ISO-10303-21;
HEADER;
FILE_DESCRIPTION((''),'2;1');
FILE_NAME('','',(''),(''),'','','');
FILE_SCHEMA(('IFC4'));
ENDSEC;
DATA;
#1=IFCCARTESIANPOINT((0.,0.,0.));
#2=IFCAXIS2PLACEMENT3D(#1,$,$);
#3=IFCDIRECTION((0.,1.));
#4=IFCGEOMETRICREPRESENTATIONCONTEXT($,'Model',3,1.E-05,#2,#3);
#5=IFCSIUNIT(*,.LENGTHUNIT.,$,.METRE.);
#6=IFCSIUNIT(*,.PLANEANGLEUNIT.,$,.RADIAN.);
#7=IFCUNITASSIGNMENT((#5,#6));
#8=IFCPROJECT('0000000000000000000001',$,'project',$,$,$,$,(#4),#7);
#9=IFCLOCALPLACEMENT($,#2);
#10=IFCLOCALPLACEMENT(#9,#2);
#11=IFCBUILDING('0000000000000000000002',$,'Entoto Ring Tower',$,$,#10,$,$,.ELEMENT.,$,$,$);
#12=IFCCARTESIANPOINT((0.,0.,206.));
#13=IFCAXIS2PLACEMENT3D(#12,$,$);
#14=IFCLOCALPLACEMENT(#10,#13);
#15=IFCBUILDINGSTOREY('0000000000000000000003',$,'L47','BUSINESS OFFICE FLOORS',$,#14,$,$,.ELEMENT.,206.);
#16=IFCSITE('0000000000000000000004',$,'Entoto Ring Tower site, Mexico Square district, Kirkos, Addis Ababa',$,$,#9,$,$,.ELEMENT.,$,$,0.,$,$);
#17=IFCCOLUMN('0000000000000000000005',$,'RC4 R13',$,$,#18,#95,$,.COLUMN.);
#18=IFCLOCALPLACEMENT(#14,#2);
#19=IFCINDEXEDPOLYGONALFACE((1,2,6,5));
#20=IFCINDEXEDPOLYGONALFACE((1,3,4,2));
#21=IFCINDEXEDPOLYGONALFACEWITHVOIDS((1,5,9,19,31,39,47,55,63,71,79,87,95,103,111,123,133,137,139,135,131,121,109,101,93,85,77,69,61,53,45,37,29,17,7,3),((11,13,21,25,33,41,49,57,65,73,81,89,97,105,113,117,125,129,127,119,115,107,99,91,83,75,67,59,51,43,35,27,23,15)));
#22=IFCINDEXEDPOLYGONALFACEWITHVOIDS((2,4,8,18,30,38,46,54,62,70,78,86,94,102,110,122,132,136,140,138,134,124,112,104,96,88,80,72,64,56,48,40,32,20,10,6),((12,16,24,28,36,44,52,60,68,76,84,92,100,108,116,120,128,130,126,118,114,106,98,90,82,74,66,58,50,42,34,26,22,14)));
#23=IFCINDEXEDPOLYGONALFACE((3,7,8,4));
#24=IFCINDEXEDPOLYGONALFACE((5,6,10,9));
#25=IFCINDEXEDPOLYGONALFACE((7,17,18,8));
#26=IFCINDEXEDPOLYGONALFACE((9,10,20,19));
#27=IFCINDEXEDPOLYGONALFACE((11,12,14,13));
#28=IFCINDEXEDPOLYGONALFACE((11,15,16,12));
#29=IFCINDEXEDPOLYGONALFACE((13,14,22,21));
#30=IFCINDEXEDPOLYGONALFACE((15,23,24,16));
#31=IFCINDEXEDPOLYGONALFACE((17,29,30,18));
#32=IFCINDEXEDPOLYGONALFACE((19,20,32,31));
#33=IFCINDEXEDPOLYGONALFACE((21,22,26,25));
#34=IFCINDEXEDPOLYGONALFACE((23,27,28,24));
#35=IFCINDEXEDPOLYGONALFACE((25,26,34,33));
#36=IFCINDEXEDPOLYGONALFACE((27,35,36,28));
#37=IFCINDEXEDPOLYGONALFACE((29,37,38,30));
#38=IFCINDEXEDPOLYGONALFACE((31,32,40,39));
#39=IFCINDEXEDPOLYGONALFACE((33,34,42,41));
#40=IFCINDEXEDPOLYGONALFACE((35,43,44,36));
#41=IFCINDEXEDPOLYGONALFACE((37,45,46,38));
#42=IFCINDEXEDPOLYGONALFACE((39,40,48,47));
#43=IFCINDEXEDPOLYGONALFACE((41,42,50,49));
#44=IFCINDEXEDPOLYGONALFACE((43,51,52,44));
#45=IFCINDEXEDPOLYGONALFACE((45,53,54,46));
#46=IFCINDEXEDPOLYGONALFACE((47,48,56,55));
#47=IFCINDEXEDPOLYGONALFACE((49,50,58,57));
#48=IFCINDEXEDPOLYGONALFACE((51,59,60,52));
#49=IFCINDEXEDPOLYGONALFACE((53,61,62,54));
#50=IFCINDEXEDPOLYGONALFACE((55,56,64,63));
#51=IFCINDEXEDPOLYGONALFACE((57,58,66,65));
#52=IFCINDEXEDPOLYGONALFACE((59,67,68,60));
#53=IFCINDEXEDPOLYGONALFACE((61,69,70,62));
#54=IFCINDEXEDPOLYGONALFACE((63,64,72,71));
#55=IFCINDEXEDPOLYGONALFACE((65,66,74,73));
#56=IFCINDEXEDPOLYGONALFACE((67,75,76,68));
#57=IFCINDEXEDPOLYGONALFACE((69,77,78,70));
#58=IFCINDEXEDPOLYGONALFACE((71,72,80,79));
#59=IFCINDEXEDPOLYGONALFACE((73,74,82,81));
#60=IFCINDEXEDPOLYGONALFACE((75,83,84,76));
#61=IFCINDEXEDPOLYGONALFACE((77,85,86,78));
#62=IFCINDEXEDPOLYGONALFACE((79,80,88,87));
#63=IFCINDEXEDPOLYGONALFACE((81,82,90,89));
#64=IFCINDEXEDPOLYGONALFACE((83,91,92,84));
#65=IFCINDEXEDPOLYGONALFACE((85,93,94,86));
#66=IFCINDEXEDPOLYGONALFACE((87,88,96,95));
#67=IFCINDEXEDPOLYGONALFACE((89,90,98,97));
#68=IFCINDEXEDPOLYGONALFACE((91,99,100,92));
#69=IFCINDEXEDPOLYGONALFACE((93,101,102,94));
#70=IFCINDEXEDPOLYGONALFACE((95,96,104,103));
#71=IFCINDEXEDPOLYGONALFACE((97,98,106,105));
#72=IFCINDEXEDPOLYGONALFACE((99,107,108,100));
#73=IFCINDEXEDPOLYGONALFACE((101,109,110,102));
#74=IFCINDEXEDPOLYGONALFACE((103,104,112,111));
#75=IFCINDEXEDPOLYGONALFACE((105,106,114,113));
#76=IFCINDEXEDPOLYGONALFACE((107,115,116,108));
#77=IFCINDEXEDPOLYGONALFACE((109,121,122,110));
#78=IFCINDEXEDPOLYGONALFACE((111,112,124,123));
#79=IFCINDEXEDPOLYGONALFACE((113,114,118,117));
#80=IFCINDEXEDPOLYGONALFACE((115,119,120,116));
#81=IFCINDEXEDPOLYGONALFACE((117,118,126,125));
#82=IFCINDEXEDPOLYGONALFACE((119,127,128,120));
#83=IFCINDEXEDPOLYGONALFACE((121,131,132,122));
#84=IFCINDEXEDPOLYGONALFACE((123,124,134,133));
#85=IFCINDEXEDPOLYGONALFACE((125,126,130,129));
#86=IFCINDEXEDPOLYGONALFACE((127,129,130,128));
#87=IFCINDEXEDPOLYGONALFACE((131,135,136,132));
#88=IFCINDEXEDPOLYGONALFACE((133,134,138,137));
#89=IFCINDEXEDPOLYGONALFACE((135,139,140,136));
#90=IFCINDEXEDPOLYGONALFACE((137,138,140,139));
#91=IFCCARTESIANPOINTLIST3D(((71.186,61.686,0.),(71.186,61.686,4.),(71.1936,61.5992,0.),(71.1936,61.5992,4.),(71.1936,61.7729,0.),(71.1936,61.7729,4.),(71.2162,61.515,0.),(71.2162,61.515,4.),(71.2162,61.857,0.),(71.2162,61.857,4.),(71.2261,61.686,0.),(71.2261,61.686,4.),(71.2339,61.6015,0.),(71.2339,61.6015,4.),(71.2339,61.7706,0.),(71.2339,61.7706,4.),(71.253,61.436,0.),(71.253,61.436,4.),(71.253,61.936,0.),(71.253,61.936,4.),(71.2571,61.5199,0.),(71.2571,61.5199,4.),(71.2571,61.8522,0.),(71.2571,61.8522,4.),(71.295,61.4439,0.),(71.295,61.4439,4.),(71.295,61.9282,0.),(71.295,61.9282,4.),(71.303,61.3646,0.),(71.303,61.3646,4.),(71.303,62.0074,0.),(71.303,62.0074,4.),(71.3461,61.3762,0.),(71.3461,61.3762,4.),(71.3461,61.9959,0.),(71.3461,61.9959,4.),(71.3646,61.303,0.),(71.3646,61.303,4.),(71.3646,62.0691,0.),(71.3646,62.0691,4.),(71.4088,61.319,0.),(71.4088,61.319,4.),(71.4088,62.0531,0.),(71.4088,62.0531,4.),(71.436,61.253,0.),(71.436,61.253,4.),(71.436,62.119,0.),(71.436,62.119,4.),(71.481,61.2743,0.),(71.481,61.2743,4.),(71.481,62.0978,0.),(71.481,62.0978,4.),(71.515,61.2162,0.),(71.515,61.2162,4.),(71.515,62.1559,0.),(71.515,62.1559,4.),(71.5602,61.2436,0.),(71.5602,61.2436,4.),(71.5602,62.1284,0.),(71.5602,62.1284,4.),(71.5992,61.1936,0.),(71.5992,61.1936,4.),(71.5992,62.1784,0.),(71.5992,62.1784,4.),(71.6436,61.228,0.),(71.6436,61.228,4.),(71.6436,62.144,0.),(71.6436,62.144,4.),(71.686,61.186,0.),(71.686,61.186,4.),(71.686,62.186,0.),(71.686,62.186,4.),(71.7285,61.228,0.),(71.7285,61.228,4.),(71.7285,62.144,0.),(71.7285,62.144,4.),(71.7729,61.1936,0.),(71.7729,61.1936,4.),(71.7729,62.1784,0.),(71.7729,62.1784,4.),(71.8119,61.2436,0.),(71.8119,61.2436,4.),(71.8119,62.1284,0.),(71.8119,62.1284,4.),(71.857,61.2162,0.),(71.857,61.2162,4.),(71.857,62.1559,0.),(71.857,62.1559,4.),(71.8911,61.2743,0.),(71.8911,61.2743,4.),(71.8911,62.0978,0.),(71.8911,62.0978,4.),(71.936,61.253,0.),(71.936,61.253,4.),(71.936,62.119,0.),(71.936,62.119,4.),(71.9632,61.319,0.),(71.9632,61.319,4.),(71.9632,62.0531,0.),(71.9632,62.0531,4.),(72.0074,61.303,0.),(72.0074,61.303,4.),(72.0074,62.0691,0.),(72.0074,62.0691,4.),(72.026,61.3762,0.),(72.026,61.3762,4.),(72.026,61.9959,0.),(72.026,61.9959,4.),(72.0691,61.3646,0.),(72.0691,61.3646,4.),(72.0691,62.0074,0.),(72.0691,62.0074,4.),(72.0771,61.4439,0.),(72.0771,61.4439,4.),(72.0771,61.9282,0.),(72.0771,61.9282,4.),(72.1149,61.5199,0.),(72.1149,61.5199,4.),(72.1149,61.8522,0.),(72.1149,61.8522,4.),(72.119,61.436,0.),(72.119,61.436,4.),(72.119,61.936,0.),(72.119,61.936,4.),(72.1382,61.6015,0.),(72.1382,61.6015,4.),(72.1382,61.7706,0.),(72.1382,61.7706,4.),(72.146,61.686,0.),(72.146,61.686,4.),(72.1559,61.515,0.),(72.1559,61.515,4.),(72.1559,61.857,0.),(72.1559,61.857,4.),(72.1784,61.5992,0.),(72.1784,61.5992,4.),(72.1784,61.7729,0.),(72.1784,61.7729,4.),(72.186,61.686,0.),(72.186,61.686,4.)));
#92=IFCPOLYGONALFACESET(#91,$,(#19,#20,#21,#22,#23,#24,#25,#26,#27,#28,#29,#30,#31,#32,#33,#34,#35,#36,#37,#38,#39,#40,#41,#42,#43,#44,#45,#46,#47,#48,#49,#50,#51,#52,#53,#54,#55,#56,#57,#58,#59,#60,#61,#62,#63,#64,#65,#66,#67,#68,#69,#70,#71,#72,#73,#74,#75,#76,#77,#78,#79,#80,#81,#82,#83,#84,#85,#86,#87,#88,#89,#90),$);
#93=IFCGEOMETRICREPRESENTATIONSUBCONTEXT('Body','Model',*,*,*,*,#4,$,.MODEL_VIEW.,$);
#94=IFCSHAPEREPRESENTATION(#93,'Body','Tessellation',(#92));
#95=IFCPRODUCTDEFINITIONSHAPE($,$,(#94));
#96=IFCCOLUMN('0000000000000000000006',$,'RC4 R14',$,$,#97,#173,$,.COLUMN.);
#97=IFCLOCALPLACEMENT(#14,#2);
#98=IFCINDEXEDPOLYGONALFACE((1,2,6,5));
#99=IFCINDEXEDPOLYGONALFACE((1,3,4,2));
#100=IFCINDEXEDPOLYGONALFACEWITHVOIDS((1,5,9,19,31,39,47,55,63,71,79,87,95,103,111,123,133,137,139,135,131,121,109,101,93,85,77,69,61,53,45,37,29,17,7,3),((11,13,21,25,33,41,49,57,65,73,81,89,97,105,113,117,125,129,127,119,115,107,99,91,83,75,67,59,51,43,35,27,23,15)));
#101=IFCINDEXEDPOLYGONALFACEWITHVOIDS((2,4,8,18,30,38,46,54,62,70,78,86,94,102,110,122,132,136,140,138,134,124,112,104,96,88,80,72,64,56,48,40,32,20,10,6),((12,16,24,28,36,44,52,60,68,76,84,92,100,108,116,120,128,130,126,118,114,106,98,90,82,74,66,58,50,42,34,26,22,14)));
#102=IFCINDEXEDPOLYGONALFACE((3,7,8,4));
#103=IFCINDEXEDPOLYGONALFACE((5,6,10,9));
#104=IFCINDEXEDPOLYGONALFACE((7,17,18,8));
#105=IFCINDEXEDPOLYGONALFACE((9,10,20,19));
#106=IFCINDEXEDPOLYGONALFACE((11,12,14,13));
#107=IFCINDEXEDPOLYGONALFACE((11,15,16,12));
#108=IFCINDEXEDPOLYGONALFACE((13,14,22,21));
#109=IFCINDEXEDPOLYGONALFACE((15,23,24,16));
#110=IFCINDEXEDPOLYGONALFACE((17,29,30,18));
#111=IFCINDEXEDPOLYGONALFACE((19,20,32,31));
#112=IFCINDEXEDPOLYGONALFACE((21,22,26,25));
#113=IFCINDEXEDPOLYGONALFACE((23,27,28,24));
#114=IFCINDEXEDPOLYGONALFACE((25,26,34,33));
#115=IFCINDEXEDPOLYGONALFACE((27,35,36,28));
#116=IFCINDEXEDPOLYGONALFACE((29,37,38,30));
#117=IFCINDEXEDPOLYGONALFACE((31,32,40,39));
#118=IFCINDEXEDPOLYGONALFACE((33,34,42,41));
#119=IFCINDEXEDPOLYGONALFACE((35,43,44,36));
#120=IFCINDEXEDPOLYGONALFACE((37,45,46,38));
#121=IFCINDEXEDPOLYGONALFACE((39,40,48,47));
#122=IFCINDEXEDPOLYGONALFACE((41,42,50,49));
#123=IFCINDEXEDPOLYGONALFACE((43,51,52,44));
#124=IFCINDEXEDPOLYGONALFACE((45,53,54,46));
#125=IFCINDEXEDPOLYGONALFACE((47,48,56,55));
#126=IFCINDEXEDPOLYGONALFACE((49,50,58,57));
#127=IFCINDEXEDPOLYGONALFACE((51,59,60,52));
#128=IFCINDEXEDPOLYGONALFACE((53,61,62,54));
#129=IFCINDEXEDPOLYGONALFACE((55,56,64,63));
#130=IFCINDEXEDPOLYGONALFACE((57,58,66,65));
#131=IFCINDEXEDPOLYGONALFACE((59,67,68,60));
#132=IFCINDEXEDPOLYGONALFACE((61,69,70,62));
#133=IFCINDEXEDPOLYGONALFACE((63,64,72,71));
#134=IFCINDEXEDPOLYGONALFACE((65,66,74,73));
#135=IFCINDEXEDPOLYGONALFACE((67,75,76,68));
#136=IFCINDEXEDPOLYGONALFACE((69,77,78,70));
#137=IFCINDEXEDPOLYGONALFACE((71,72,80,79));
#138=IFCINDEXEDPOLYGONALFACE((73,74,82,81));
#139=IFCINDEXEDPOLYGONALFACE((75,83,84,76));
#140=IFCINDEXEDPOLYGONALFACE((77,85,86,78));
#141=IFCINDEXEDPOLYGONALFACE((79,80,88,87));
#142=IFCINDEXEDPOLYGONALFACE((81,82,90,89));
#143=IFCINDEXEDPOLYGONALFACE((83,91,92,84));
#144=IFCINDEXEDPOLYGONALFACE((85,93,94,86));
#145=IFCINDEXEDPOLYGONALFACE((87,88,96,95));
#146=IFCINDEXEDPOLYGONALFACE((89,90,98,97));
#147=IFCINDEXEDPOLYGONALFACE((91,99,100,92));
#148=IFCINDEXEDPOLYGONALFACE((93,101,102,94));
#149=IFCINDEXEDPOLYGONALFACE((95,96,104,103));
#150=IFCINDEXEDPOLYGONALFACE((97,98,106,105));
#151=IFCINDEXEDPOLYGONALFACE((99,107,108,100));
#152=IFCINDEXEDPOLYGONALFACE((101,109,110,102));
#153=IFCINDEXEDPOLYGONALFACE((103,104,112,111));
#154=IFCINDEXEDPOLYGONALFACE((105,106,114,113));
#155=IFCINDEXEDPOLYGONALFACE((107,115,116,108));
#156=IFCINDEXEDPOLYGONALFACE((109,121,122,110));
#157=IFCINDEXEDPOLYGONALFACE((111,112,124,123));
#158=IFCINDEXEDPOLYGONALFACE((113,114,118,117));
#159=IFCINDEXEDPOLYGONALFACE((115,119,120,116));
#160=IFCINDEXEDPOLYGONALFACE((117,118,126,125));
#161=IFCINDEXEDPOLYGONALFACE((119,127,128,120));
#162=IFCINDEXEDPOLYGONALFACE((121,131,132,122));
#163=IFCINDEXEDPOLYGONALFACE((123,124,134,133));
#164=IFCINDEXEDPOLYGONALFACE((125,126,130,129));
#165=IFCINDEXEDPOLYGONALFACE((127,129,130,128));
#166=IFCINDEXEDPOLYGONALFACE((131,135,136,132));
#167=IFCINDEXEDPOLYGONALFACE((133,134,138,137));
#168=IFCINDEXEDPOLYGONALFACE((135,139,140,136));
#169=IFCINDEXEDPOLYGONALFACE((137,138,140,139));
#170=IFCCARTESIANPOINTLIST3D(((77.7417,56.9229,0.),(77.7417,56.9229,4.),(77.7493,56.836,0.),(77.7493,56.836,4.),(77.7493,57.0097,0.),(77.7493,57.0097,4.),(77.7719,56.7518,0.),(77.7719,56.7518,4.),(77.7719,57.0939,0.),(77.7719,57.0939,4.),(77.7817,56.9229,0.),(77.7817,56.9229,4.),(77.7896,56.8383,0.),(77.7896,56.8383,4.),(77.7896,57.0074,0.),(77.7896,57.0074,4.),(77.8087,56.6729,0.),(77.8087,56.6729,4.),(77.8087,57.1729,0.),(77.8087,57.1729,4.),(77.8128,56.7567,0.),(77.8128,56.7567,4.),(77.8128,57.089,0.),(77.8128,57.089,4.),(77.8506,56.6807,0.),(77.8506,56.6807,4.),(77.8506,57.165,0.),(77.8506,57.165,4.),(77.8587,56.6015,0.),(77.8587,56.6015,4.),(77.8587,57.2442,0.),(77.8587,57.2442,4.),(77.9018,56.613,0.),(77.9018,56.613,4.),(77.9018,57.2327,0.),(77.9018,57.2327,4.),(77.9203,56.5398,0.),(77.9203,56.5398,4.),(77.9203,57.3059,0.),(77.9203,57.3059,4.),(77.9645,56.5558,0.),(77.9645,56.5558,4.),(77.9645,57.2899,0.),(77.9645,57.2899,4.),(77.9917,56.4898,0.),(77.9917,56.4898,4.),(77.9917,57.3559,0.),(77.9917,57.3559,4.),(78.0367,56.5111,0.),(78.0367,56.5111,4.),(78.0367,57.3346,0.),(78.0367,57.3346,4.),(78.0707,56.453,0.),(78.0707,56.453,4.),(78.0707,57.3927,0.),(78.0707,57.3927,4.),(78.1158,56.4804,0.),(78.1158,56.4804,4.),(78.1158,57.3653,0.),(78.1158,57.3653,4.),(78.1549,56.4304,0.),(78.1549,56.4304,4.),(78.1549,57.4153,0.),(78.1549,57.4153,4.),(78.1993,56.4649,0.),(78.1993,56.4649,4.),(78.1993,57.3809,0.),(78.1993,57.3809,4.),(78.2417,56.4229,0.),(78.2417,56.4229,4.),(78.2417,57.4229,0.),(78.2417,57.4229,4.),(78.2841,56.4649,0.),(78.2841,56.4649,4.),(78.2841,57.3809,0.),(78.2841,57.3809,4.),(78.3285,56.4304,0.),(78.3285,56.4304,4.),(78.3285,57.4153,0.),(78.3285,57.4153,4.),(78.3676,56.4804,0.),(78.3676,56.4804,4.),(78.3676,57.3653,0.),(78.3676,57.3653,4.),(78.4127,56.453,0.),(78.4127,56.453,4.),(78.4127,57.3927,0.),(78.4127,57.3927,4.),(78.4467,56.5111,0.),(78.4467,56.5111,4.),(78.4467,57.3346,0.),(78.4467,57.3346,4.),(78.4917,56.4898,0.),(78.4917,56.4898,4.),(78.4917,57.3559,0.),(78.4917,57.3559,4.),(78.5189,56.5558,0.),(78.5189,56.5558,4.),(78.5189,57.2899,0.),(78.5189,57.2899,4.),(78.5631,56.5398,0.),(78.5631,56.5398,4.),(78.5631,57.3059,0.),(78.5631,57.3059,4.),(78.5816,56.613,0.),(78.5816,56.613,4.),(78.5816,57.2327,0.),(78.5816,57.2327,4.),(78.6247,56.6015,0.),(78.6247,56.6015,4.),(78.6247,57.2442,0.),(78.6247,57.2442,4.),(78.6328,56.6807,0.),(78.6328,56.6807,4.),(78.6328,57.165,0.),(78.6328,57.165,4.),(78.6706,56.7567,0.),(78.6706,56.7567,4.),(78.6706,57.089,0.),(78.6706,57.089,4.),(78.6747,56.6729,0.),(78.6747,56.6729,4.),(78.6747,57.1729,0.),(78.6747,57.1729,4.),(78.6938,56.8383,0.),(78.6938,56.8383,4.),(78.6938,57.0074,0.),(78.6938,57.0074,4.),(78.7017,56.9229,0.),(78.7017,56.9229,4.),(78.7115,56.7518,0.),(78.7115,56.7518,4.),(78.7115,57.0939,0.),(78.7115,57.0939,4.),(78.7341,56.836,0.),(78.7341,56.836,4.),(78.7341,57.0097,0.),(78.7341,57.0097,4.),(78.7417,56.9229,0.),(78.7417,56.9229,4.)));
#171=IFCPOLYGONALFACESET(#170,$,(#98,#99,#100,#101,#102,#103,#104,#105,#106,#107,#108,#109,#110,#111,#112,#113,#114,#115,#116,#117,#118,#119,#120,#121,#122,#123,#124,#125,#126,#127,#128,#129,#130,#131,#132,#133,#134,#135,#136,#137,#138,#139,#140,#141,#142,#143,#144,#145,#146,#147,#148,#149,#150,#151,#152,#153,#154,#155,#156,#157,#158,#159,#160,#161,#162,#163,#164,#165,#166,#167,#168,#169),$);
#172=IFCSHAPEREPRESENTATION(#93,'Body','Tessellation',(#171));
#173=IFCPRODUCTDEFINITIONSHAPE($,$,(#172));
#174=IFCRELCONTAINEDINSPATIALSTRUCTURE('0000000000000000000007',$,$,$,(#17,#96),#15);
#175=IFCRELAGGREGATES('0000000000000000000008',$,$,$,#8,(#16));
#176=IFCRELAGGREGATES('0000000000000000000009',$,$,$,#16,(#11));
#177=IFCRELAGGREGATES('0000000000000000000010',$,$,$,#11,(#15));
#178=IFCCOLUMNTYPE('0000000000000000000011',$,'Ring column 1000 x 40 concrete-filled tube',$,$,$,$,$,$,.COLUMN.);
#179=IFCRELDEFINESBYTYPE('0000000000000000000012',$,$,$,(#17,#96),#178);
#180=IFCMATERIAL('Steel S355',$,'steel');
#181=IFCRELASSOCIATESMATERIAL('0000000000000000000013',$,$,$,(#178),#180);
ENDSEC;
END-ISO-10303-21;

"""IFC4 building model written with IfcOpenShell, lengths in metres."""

from ifc_helpers import new_model, si_unit, direction, frame, origin, origin_2d, place, context, subcontext, project, spatial, circle, hollow_circle, extrude, material, material_profile, profile_set, type_object, element, save


model = new_model("IFC4")

# Units and contexts
model_context = context("Model", 3, precision=1e-05, world=origin(), true_north=direction((0.0, 1.0)))
body_context = subcontext(model_context, "Body", "Model", "MODEL_VIEW")
ifc_project = project(units=[si_unit("LENGTHUNIT", "METRE"), si_unit("PLANEANGLEUNIT", "RADIAN")], contexts=[model_context])

# Site, building, storey
site_placement = place(None, origin())
site = spatial("IfcSite", under=ifc_project, at=site_placement, Name="Entoto Ring Tower site, Mexico Square district, Kirkos, Addis Ababa", CompositionType="ELEMENT", RefElevation=0.0)
building_placement = place(site_placement, origin())
building = spatial("IfcBuilding", under=site, at=building_placement, Name="Entoto Ring Tower", CompositionType="ELEMENT")
storey_placement = place(building_placement, frame((0.0, 0.0, 206.0)))
storey = spatial("IfcBuildingStorey", under=building, at=storey_placement, Name="L47", Description="BUSINESS OFFICE FLOORS", CompositionType="ELEMENT", Elevation=206.0)

# Columns
ifc_material_1 = material(Name="Steel S355", Category="steel")
ifc_material_profile_1 = material_profile(ifc_material_1, hollow_circle(Radius=0.5, WallThickness=0.04, at=origin_2d()), Name="CHS 1000 x 40")
ifc_material_2 = material(Name="Concrete C60/75", Category="concrete")
ifc_material_profile_2 = material_profile(ifc_material_2, circle(Radius=0.46, at=origin_2d()), Name="Concrete C60/75 infill")
ifc_profile_set_1 = profile_set([ifc_material_profile_1, ifc_material_profile_2], Name="Steel S355")
column_type = type_object("IfcColumnType", Name="Ring column 1000 x 40 concrete-filled tube", PredefinedType="COLUMN", material=ifc_profile_set_1)
for number, where, z_axis, x_axis, name in (
    (1, (71.686, 61.686, 0.0), (0.0, 0.0, 1.0), (1.0, 0.0, 0.0), "RC4 R13"),
    (2, (78.2417, 56.9229, 0.0), (0.0, 0.0, 1.0), (1.0, 0.0, 0.0), "RC4 R14"),
):
    element("IfcColumn", number, at=place(storey_placement, frame(where, z_axis=z_axis, x_axis=x_axis)), inside=storey, type_object=column_type, Name=name, PredefinedType="COLUMN", context=body_context, shape_type="SweptSolid", body=[
        extrude(hollow_circle(Radius=0.5, WallThickness=0.04, at=origin_2d()), origin(), (0.0, 0.0, 1.0), 4.0),
    ])

save(model, "model.ifc")
